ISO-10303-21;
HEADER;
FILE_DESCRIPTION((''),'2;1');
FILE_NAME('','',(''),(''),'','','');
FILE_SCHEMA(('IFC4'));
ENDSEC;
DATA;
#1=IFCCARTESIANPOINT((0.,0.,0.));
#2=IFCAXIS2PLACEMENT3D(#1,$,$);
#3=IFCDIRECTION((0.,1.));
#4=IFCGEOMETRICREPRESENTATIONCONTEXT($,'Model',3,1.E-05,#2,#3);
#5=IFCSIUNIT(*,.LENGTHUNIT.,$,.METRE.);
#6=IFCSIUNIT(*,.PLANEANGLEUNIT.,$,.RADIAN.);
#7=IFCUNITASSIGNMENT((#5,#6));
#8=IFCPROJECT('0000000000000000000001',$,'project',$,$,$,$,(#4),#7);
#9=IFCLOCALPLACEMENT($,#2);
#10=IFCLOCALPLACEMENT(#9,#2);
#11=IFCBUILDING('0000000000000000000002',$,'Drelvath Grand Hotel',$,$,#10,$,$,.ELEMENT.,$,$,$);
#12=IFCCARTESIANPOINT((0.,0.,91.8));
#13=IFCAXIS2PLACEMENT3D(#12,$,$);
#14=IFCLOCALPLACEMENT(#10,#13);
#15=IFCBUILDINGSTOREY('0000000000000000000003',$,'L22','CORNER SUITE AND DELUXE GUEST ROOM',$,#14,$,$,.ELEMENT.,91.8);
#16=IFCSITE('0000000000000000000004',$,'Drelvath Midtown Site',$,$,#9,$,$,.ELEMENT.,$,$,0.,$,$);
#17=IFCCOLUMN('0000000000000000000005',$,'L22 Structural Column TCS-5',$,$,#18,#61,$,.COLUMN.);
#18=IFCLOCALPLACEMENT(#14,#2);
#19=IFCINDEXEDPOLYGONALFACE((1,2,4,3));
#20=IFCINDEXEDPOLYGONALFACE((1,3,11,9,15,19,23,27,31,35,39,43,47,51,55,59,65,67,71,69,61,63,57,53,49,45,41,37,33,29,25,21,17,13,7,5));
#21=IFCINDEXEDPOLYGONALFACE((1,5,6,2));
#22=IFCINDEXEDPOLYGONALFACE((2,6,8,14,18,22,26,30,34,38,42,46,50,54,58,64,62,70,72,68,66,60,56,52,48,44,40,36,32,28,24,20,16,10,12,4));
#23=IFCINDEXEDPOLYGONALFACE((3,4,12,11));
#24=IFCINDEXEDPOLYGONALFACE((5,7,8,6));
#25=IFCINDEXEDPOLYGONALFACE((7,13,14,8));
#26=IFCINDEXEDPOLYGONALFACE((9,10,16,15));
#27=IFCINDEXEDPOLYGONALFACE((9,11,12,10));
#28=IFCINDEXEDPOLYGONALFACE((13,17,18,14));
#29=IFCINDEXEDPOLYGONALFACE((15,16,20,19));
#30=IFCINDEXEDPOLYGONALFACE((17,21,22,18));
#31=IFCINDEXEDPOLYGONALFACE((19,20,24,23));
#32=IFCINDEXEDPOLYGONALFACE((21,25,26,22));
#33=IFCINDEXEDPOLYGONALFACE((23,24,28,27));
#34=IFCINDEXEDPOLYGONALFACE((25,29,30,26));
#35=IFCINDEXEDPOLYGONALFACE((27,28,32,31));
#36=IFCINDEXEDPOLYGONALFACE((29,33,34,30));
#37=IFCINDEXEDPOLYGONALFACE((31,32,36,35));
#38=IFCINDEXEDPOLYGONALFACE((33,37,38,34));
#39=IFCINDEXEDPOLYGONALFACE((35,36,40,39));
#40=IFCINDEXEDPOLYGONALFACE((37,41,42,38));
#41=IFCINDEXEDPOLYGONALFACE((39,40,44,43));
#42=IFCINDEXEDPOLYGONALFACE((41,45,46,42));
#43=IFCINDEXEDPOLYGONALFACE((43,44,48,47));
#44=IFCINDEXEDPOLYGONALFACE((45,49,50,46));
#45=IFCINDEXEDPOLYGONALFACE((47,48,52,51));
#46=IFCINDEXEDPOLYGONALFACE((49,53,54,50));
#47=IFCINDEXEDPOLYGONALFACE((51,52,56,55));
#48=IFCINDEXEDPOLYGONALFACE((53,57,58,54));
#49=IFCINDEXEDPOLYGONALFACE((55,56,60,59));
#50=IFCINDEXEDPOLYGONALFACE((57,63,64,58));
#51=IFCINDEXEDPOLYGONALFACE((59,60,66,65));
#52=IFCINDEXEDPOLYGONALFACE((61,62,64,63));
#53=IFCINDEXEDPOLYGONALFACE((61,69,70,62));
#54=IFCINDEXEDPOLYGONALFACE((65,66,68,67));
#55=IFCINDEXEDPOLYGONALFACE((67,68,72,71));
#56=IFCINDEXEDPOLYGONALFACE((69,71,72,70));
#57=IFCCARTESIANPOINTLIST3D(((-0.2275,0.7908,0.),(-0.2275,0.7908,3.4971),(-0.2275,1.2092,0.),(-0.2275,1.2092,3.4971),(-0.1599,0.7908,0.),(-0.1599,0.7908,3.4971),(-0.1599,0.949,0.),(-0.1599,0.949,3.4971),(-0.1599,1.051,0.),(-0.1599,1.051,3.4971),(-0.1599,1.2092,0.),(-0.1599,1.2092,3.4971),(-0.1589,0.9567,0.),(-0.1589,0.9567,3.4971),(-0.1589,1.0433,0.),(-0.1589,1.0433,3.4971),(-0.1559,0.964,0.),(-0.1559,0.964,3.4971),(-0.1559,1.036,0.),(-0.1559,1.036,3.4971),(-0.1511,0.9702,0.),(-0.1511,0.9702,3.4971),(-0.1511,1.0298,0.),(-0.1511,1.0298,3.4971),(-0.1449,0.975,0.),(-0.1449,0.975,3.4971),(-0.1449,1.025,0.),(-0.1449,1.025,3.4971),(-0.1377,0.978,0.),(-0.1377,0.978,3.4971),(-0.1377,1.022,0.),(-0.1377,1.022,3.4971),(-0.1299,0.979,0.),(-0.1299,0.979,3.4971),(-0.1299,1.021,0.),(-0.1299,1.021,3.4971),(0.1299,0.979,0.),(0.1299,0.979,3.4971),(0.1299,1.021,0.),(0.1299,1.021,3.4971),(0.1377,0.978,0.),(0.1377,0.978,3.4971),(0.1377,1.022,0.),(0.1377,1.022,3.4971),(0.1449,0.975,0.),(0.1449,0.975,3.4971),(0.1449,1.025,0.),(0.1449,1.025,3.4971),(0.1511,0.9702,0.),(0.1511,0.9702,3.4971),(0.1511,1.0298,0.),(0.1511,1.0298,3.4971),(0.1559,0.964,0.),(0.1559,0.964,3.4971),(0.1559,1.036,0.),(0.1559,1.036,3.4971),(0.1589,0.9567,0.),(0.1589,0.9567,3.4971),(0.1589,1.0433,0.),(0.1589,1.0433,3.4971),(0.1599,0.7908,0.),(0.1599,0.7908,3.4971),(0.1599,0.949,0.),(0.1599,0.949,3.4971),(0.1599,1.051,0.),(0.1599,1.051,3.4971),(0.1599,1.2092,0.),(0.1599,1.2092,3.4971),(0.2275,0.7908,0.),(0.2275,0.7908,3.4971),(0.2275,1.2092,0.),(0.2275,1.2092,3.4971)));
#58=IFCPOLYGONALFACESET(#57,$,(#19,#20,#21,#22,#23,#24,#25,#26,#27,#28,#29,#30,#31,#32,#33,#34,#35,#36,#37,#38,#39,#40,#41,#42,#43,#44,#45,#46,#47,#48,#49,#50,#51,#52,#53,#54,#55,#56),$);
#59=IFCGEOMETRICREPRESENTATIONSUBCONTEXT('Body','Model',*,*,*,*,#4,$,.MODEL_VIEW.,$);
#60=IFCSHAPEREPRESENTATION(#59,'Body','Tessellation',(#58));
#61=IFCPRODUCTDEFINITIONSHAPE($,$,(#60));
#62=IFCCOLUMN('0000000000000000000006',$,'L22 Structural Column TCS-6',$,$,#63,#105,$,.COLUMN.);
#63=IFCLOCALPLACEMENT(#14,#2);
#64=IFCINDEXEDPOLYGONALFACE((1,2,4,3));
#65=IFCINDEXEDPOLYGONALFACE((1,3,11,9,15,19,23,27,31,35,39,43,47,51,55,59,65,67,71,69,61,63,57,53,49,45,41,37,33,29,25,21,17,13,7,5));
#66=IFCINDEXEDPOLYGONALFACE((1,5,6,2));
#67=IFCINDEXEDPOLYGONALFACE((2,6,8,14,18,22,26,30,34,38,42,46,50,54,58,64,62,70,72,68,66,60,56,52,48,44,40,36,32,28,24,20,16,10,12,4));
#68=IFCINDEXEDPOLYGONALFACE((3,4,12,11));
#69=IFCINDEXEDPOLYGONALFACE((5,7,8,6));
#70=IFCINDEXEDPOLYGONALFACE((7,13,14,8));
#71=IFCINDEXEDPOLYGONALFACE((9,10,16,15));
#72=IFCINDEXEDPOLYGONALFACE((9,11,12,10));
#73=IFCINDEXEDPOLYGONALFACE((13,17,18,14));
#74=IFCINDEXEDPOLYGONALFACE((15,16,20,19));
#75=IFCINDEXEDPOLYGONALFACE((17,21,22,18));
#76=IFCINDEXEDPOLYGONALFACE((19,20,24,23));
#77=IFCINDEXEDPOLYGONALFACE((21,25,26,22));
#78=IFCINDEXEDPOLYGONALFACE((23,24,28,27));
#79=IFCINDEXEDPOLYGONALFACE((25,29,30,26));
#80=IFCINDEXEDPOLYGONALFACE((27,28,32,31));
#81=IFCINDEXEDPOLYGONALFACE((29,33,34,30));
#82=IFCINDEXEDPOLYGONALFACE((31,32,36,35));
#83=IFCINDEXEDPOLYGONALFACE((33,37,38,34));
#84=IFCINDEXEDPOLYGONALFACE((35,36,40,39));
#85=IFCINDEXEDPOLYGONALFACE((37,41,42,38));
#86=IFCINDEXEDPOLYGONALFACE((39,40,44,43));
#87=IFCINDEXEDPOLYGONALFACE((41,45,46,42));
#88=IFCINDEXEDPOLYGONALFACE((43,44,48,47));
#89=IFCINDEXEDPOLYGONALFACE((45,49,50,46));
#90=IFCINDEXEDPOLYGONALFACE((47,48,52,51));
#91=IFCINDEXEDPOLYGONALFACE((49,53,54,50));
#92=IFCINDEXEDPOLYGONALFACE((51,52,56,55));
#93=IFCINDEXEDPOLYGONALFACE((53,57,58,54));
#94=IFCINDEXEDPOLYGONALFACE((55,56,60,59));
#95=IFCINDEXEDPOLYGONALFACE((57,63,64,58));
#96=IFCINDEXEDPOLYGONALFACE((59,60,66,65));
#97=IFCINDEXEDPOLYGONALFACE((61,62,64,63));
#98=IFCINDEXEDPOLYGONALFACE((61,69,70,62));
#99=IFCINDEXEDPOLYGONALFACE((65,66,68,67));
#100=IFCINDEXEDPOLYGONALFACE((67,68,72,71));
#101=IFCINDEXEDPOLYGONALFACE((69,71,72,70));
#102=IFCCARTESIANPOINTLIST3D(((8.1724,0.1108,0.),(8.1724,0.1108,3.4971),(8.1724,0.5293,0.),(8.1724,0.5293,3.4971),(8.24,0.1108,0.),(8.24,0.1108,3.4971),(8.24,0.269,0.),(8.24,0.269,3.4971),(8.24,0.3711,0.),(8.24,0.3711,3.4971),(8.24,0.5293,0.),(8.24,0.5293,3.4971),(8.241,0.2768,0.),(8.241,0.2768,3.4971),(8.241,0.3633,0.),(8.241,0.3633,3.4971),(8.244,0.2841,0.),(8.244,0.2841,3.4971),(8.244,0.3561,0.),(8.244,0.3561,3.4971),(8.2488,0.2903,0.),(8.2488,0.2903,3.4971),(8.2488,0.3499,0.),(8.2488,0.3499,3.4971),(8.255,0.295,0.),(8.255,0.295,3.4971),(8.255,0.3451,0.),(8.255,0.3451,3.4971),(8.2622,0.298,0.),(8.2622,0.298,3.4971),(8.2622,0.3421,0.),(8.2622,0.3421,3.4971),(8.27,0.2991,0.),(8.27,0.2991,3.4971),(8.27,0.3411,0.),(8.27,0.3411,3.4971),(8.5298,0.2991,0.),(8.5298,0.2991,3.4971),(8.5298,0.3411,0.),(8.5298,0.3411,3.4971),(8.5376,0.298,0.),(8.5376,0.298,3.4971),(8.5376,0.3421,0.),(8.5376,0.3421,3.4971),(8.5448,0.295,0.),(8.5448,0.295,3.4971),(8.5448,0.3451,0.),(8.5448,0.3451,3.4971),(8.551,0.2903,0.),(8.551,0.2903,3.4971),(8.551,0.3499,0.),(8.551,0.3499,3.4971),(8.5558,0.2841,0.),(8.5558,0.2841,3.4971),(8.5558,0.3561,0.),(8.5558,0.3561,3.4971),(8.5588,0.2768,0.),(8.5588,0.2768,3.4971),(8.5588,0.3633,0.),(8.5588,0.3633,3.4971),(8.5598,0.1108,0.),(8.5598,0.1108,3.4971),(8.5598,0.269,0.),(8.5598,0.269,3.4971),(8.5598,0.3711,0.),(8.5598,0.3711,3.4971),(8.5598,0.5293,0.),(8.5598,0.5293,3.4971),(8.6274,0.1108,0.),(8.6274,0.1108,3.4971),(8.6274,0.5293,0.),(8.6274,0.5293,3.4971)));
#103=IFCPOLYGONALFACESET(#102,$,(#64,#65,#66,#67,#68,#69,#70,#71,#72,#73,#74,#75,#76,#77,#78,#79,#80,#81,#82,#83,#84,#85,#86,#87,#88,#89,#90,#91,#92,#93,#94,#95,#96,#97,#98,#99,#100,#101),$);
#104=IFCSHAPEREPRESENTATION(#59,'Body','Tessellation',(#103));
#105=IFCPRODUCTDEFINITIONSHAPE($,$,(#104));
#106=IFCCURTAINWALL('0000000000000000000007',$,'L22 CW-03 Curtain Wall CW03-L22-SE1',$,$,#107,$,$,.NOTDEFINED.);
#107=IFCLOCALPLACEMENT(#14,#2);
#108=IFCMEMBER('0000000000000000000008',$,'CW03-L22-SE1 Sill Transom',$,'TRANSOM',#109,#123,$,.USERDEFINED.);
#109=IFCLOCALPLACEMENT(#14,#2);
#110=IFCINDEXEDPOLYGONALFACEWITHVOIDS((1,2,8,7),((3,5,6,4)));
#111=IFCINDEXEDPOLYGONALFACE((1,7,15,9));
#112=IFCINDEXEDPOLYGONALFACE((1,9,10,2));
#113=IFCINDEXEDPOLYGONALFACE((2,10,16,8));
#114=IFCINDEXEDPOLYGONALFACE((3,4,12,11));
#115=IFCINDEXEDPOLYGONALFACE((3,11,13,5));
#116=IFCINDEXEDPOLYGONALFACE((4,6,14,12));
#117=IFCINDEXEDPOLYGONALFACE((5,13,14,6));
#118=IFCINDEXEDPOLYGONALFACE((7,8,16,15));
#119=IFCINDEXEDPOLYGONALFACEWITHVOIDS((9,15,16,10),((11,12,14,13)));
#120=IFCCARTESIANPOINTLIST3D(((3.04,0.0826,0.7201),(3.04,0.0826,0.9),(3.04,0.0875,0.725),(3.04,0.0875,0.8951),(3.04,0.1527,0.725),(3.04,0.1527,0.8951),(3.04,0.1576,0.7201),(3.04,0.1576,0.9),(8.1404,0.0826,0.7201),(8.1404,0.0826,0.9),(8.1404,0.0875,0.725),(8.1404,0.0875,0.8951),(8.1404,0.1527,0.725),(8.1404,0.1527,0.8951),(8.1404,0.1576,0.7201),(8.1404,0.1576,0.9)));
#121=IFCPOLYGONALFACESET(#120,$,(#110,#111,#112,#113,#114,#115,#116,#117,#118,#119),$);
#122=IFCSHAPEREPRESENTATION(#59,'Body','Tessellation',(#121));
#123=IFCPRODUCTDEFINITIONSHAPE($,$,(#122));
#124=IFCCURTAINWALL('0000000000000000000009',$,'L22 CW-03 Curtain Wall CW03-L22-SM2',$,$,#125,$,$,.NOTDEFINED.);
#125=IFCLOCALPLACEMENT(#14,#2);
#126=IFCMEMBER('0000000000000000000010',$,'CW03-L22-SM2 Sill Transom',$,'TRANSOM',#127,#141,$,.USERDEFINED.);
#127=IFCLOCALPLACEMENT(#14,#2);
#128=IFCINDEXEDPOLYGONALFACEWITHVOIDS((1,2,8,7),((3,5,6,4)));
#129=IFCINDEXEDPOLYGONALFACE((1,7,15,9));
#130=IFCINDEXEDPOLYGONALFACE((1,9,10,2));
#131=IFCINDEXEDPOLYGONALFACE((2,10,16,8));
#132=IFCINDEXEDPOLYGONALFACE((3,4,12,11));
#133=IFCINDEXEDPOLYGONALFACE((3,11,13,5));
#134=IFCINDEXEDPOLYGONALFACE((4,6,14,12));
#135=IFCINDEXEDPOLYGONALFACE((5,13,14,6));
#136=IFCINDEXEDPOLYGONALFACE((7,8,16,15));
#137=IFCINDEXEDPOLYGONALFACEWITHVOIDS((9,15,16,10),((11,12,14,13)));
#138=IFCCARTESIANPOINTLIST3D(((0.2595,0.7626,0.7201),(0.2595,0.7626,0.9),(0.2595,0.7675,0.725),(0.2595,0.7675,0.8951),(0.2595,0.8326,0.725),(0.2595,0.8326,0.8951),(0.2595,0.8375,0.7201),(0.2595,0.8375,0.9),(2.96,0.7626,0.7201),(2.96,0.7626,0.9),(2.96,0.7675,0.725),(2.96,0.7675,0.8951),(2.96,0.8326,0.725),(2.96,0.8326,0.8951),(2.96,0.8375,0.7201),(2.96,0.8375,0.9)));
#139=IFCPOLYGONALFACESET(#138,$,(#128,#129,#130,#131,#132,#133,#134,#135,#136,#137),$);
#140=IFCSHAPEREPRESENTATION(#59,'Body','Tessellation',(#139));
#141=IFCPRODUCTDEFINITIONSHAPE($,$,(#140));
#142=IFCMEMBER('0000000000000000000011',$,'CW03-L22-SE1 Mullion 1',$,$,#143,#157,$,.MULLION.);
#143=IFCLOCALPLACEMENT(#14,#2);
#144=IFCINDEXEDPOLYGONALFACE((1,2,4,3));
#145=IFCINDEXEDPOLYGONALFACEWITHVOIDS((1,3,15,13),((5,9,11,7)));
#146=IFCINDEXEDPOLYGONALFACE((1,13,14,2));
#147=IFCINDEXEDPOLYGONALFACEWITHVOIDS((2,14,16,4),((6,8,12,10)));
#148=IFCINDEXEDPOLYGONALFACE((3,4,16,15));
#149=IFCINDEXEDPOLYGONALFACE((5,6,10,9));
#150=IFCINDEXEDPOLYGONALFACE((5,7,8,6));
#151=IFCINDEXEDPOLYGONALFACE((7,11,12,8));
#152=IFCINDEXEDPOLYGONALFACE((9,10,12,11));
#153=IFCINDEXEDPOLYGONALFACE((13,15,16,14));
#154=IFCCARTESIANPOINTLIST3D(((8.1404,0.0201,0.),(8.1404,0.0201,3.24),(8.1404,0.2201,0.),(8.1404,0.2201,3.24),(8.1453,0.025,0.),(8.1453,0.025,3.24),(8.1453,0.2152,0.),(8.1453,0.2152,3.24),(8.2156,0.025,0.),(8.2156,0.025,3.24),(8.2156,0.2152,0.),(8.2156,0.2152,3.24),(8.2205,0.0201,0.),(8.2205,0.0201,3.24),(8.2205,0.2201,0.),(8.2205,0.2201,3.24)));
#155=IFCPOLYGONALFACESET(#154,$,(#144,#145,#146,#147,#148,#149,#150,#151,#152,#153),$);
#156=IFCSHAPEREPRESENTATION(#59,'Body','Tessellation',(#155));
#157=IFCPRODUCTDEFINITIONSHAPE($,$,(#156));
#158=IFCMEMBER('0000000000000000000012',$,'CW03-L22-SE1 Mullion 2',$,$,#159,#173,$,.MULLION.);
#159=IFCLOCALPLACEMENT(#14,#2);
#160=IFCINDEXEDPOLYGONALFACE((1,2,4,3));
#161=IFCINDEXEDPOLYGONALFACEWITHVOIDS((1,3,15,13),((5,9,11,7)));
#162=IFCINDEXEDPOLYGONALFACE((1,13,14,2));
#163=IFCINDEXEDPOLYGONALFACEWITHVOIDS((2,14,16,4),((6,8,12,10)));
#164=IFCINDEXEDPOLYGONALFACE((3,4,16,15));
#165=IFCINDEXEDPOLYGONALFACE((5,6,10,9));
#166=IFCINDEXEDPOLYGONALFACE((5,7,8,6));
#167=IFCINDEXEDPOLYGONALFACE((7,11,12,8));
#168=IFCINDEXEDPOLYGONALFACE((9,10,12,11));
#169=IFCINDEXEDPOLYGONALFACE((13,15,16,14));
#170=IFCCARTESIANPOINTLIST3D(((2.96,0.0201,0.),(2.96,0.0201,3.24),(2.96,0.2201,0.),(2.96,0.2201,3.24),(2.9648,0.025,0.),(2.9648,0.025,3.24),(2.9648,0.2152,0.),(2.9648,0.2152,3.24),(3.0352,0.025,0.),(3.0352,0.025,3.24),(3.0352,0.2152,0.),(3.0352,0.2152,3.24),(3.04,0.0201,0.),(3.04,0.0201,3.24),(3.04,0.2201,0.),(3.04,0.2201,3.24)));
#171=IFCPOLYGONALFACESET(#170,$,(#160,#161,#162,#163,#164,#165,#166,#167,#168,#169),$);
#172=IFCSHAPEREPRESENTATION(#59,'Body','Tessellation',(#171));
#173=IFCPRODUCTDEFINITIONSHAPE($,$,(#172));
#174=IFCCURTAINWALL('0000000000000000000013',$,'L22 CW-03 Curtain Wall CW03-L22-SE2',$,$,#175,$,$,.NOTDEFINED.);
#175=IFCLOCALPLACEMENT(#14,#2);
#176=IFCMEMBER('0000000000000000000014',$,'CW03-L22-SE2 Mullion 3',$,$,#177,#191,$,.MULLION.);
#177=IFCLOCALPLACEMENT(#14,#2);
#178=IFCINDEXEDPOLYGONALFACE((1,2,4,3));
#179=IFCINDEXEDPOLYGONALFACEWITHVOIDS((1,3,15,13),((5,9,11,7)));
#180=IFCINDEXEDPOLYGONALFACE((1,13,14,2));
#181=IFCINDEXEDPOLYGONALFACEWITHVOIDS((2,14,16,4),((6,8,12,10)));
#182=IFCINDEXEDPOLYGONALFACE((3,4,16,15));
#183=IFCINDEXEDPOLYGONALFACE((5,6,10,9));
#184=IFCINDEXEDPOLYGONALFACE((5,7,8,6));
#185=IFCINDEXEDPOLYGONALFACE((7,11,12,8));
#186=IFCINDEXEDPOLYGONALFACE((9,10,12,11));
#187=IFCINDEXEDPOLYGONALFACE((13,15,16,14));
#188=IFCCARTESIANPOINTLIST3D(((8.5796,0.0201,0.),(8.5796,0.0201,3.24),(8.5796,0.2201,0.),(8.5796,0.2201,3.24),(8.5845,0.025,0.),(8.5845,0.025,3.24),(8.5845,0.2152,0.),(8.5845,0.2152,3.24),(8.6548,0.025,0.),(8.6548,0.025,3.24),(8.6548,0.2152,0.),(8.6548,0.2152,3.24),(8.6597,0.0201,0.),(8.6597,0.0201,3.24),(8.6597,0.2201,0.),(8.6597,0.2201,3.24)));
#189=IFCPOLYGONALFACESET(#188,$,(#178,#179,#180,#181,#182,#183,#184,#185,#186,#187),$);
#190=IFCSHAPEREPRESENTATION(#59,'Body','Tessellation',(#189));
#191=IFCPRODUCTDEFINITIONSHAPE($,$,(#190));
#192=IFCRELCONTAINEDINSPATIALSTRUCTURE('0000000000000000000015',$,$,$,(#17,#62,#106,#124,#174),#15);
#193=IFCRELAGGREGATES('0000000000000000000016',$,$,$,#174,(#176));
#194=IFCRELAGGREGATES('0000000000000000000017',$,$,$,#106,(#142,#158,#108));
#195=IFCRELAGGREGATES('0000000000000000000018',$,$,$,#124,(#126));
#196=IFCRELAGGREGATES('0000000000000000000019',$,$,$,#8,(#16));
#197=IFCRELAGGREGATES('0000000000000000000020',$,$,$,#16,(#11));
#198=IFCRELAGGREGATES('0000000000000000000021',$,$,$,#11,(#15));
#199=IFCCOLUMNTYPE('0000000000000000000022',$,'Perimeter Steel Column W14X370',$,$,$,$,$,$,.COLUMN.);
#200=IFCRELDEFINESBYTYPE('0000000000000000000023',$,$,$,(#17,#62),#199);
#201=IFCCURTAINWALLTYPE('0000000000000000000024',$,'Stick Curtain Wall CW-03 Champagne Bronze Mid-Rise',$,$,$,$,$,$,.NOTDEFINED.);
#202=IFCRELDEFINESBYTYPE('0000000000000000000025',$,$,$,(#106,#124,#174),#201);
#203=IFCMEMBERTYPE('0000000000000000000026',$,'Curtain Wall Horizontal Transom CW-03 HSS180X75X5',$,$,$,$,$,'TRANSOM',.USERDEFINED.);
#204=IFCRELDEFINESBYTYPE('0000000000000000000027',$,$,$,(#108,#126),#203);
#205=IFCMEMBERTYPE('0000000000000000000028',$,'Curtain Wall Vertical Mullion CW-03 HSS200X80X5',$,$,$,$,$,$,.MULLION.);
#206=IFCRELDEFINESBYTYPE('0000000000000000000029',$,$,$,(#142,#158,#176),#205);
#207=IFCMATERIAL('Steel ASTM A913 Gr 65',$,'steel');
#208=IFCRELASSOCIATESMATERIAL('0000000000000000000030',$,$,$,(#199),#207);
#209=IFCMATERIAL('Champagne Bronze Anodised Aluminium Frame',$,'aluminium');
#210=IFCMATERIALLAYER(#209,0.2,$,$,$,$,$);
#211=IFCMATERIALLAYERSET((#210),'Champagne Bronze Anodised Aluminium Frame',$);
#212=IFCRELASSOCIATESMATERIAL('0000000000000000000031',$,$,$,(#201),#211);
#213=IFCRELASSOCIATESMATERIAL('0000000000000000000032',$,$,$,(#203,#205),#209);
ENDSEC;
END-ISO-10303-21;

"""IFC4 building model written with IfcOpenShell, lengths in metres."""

from ifc_helpers import new_model, si_unit, direction, frame, origin, origin_2d, place, context, subcontext, project, spatial, hollow_rectangle, i_section, extrude, material, layer, layer_set, material_profile, profile_set, type_object, element, aggregate, save


model = new_model("IFC4")

# Units and contexts
model_context = context("Model", 3, precision=1e-05, world=origin(), true_north=direction((0.0, 1.0)))
body_context = subcontext(model_context, "Body", "Model", "MODEL_VIEW")
ifc_project = project(units=[si_unit("LENGTHUNIT", "METRE"), si_unit("PLANEANGLEUNIT", "RADIAN")], contexts=[model_context])

# Site, building, storey
site_placement = place(None, origin())
site = spatial("IfcSite", under=ifc_project, at=site_placement, Name="Drelvath Midtown Site", CompositionType="ELEMENT", RefElevation=0.0)
building_placement = place(site_placement, origin())
building = spatial("IfcBuilding", under=site, at=building_placement, Name="Drelvath Grand Hotel", CompositionType="ELEMENT")
storey_placement = place(building_placement, frame((0.0, 0.0, 91.8)))
storey = spatial("IfcBuildingStorey", under=building, at=storey_placement, Name="L22", Description="CORNER SUITE AND DELUXE GUEST ROOM", CompositionType="ELEMENT", Elevation=91.8)

# Columns
ifc_material_1 = material(Name="Steel ASTM A913 Gr 65", Category="steel")
ifc_material_profile_1 = material_profile(ifc_material_1, i_section(OverallWidth=0.4185, OverallDepth=0.4551, WebThickness=0.042, FlangeThickness=0.0676, FilletRadius=0.03, at=origin_2d()), Name="W14X370")
ifc_profile_set_1 = profile_set([ifc_material_profile_1], Name="Steel ASTM A913 Gr 65")
column_type = type_object("IfcColumnType", Name="Perimeter Steel Column W14X370", PredefinedType="COLUMN", material=ifc_profile_set_1)
for number, where, z_axis, x_axis, name in (
    (1, (0.0, 1.0, 0.0), (0.0, 0.0, 1.0), (0.0, 1.0, 0.0), "L22 Structural Column TCS-5"),
    (2, (8.3999, 0.3201, 0.0), (0.0, 0.0, 1.0), (0.0, 1.0, 0.0), "L22 Structural Column TCS-6"),
):
    element("IfcColumn", number, at=place(storey_placement, frame(where, z_axis=z_axis, x_axis=x_axis)), inside=storey, type_object=column_type, Name=name, PredefinedType="COLUMN", context=body_context, shape_type="SweptSolid", body=[
        extrude(i_section(OverallWidth=0.4185, OverallDepth=0.4551, WebThickness=0.042, FlangeThickness=0.0676, FilletRadius=0.03, at=origin_2d()), origin(), (0.0, 0.0, 1.0), 3.4971),
    ])

# Curtain walls, members
ifc_material_2 = material(Name="Champagne Bronze Anodised Aluminium Frame", Category="aluminium")
ifc_layer_1 = layer(ifc_material_2, 0.2)
ifc_layer_set_1 = layer_set([ifc_layer_1], Name="Champagne Bronze Anodised Aluminium Frame")
curtain_wall_type = type_object("IfcCurtainWallType", Name="Stick Curtain Wall CW-03 Champagne Bronze Mid-Rise", PredefinedType="NOTDEFINED", material=ifc_layer_set_1)
curtain_wall_1_placement = place(storey_placement, origin())
curtain_wall_1 = element("IfcCurtainWall", 3, at=curtain_wall_1_placement, inside=storey, type_object=curtain_wall_type, Name="L22 CW-03 Curtain Wall CW03-L22-SE1", PredefinedType="NOTDEFINED")
ifc_material_profile_2 = material_profile(ifc_material_2, hollow_rectangle(XDim=0.075, YDim=0.1799, WallThickness=0.0049, at=origin_2d()), Name="HSS180X75X5")
ifc_profile_set_2 = profile_set([ifc_material_profile_2], Name="Champagne Bronze Anodised Aluminium Frame")
member_type_1 = type_object("IfcMemberType", Name="Curtain Wall Horizontal Transom CW-03 HSS180X75X5", ElementType="TRANSOM", PredefinedType="USERDEFINED", material=ifc_profile_set_2)
member_1_placement = place(storey_placement, frame((8.1404, 0.1201, 0.8101), z_axis=(-1.0, 0.0, 0.0), x_axis=(0.0, -1.0, 0.0)))
member_1 = element("IfcMember", 4, at=member_1_placement, type_object=member_type_1, Name="CW03-L22-SE1 Sill Transom", ObjectType="TRANSOM", PredefinedType="USERDEFINED", context=body_context, shape_type="SweptSolid", body=[
    extrude(hollow_rectangle(XDim=0.075, YDim=0.1799, WallThickness=0.0049, at=origin_2d()), origin(), (0.0, 0.0, 1.0), 5.1003),
])
curtain_wall_2_placement = place(storey_placement, origin())
curtain_wall_2 = element("IfcCurtainWall", 5, at=curtain_wall_2_placement, inside=storey, type_object=curtain_wall_type, Name="L22 CW-03 Curtain Wall CW03-L22-SM2", PredefinedType="NOTDEFINED")
member_2_placement = place(storey_placement, frame((2.96, 0.8, 0.8101), z_axis=(-1.0, 0.0, 0.0), x_axis=(0.0, -1.0, 0.0)))
member_2 = element("IfcMember", 6, at=member_2_placement, type_object=member_type_1, Name="CW03-L22-SM2 Sill Transom", ObjectType="TRANSOM", PredefinedType="USERDEFINED", context=body_context, shape_type="SweptSolid", body=[
    extrude(hollow_rectangle(XDim=0.075, YDim=0.1799, WallThickness=0.0049, at=origin_2d()), origin(), (0.0, 0.0, 1.0), 2.7004),
])

# Members
ifc_material_profile_3 = material_profile(ifc_material_2, hollow_rectangle(XDim=0.0801, YDim=0.2, WallThickness=0.0049, at=origin_2d()), Name="HSS200X80X5")
ifc_profile_set_3 = profile_set([ifc_material_profile_3], Name="Champagne Bronze Anodised Aluminium Frame")
member_type_2 = type_object("IfcMemberType", Name="Curtain Wall Vertical Mullion CW-03 HSS200X80X5", PredefinedType="MULLION", material=ifc_profile_set_3)
member_3_placement = place(storey_placement, frame((8.1804, 0.1201, 0.0), z_axis=(0.0, 0.0, 1.0), x_axis=(1.0, 0.0, 0.0)))
member_3 = element("IfcMember", 7, at=member_3_placement, type_object=member_type_2, Name="CW03-L22-SE1 Mullion 1", PredefinedType="MULLION", context=body_context, shape_type="SweptSolid", body=[
    extrude(hollow_rectangle(XDim=0.0801, YDim=0.2, WallThickness=0.0049, at=origin_2d()), origin(), (0.0, 0.0, 1.0), 3.24),
])
member_4_placement = place(storey_placement, frame((3.0, 0.1201, 0.0), z_axis=(0.0, 0.0, 1.0), x_axis=(1.0, 0.0, 0.0)))
member_4 = element("IfcMember", 8, at=member_4_placement, type_object=member_type_2, Name="CW03-L22-SE1 Mullion 2", PredefinedType="MULLION", context=body_context, shape_type="SweptSolid", body=[
    extrude(hollow_rectangle(XDim=0.0801, YDim=0.2, WallThickness=0.0049, at=origin_2d()), origin(), (0.0, 0.0, 1.0), 3.24),
])

# Curtain wall, member
curtain_wall_3_placement = place(storey_placement, origin())
curtain_wall_3 = element("IfcCurtainWall", 9, at=curtain_wall_3_placement, inside=storey, type_object=curtain_wall_type, Name="L22 CW-03 Curtain Wall CW03-L22-SE2", PredefinedType="NOTDEFINED")
member_5_placement = place(storey_placement, frame((8.6196, 0.1201, 0.0), z_axis=(0.0, 0.0, 1.0), x_axis=(1.0, 0.0, 0.0)))
member_5 = element("IfcMember", 10, at=member_5_placement, type_object=member_type_2, Name="CW03-L22-SE2 Mullion 3", PredefinedType="MULLION", context=body_context, shape_type="SweptSolid", body=[
    extrude(hollow_rectangle(XDim=0.0801, YDim=0.2, WallThickness=0.0049, at=origin_2d()), origin(), (0.0, 0.0, 1.0), 3.24),
])
aggregate(curtain_wall_3, [member_5])

aggregate(curtain_wall_1, [member_3, member_4, member_1])
aggregate(curtain_wall_2, [member_2])

save(model, "model.ifc")
